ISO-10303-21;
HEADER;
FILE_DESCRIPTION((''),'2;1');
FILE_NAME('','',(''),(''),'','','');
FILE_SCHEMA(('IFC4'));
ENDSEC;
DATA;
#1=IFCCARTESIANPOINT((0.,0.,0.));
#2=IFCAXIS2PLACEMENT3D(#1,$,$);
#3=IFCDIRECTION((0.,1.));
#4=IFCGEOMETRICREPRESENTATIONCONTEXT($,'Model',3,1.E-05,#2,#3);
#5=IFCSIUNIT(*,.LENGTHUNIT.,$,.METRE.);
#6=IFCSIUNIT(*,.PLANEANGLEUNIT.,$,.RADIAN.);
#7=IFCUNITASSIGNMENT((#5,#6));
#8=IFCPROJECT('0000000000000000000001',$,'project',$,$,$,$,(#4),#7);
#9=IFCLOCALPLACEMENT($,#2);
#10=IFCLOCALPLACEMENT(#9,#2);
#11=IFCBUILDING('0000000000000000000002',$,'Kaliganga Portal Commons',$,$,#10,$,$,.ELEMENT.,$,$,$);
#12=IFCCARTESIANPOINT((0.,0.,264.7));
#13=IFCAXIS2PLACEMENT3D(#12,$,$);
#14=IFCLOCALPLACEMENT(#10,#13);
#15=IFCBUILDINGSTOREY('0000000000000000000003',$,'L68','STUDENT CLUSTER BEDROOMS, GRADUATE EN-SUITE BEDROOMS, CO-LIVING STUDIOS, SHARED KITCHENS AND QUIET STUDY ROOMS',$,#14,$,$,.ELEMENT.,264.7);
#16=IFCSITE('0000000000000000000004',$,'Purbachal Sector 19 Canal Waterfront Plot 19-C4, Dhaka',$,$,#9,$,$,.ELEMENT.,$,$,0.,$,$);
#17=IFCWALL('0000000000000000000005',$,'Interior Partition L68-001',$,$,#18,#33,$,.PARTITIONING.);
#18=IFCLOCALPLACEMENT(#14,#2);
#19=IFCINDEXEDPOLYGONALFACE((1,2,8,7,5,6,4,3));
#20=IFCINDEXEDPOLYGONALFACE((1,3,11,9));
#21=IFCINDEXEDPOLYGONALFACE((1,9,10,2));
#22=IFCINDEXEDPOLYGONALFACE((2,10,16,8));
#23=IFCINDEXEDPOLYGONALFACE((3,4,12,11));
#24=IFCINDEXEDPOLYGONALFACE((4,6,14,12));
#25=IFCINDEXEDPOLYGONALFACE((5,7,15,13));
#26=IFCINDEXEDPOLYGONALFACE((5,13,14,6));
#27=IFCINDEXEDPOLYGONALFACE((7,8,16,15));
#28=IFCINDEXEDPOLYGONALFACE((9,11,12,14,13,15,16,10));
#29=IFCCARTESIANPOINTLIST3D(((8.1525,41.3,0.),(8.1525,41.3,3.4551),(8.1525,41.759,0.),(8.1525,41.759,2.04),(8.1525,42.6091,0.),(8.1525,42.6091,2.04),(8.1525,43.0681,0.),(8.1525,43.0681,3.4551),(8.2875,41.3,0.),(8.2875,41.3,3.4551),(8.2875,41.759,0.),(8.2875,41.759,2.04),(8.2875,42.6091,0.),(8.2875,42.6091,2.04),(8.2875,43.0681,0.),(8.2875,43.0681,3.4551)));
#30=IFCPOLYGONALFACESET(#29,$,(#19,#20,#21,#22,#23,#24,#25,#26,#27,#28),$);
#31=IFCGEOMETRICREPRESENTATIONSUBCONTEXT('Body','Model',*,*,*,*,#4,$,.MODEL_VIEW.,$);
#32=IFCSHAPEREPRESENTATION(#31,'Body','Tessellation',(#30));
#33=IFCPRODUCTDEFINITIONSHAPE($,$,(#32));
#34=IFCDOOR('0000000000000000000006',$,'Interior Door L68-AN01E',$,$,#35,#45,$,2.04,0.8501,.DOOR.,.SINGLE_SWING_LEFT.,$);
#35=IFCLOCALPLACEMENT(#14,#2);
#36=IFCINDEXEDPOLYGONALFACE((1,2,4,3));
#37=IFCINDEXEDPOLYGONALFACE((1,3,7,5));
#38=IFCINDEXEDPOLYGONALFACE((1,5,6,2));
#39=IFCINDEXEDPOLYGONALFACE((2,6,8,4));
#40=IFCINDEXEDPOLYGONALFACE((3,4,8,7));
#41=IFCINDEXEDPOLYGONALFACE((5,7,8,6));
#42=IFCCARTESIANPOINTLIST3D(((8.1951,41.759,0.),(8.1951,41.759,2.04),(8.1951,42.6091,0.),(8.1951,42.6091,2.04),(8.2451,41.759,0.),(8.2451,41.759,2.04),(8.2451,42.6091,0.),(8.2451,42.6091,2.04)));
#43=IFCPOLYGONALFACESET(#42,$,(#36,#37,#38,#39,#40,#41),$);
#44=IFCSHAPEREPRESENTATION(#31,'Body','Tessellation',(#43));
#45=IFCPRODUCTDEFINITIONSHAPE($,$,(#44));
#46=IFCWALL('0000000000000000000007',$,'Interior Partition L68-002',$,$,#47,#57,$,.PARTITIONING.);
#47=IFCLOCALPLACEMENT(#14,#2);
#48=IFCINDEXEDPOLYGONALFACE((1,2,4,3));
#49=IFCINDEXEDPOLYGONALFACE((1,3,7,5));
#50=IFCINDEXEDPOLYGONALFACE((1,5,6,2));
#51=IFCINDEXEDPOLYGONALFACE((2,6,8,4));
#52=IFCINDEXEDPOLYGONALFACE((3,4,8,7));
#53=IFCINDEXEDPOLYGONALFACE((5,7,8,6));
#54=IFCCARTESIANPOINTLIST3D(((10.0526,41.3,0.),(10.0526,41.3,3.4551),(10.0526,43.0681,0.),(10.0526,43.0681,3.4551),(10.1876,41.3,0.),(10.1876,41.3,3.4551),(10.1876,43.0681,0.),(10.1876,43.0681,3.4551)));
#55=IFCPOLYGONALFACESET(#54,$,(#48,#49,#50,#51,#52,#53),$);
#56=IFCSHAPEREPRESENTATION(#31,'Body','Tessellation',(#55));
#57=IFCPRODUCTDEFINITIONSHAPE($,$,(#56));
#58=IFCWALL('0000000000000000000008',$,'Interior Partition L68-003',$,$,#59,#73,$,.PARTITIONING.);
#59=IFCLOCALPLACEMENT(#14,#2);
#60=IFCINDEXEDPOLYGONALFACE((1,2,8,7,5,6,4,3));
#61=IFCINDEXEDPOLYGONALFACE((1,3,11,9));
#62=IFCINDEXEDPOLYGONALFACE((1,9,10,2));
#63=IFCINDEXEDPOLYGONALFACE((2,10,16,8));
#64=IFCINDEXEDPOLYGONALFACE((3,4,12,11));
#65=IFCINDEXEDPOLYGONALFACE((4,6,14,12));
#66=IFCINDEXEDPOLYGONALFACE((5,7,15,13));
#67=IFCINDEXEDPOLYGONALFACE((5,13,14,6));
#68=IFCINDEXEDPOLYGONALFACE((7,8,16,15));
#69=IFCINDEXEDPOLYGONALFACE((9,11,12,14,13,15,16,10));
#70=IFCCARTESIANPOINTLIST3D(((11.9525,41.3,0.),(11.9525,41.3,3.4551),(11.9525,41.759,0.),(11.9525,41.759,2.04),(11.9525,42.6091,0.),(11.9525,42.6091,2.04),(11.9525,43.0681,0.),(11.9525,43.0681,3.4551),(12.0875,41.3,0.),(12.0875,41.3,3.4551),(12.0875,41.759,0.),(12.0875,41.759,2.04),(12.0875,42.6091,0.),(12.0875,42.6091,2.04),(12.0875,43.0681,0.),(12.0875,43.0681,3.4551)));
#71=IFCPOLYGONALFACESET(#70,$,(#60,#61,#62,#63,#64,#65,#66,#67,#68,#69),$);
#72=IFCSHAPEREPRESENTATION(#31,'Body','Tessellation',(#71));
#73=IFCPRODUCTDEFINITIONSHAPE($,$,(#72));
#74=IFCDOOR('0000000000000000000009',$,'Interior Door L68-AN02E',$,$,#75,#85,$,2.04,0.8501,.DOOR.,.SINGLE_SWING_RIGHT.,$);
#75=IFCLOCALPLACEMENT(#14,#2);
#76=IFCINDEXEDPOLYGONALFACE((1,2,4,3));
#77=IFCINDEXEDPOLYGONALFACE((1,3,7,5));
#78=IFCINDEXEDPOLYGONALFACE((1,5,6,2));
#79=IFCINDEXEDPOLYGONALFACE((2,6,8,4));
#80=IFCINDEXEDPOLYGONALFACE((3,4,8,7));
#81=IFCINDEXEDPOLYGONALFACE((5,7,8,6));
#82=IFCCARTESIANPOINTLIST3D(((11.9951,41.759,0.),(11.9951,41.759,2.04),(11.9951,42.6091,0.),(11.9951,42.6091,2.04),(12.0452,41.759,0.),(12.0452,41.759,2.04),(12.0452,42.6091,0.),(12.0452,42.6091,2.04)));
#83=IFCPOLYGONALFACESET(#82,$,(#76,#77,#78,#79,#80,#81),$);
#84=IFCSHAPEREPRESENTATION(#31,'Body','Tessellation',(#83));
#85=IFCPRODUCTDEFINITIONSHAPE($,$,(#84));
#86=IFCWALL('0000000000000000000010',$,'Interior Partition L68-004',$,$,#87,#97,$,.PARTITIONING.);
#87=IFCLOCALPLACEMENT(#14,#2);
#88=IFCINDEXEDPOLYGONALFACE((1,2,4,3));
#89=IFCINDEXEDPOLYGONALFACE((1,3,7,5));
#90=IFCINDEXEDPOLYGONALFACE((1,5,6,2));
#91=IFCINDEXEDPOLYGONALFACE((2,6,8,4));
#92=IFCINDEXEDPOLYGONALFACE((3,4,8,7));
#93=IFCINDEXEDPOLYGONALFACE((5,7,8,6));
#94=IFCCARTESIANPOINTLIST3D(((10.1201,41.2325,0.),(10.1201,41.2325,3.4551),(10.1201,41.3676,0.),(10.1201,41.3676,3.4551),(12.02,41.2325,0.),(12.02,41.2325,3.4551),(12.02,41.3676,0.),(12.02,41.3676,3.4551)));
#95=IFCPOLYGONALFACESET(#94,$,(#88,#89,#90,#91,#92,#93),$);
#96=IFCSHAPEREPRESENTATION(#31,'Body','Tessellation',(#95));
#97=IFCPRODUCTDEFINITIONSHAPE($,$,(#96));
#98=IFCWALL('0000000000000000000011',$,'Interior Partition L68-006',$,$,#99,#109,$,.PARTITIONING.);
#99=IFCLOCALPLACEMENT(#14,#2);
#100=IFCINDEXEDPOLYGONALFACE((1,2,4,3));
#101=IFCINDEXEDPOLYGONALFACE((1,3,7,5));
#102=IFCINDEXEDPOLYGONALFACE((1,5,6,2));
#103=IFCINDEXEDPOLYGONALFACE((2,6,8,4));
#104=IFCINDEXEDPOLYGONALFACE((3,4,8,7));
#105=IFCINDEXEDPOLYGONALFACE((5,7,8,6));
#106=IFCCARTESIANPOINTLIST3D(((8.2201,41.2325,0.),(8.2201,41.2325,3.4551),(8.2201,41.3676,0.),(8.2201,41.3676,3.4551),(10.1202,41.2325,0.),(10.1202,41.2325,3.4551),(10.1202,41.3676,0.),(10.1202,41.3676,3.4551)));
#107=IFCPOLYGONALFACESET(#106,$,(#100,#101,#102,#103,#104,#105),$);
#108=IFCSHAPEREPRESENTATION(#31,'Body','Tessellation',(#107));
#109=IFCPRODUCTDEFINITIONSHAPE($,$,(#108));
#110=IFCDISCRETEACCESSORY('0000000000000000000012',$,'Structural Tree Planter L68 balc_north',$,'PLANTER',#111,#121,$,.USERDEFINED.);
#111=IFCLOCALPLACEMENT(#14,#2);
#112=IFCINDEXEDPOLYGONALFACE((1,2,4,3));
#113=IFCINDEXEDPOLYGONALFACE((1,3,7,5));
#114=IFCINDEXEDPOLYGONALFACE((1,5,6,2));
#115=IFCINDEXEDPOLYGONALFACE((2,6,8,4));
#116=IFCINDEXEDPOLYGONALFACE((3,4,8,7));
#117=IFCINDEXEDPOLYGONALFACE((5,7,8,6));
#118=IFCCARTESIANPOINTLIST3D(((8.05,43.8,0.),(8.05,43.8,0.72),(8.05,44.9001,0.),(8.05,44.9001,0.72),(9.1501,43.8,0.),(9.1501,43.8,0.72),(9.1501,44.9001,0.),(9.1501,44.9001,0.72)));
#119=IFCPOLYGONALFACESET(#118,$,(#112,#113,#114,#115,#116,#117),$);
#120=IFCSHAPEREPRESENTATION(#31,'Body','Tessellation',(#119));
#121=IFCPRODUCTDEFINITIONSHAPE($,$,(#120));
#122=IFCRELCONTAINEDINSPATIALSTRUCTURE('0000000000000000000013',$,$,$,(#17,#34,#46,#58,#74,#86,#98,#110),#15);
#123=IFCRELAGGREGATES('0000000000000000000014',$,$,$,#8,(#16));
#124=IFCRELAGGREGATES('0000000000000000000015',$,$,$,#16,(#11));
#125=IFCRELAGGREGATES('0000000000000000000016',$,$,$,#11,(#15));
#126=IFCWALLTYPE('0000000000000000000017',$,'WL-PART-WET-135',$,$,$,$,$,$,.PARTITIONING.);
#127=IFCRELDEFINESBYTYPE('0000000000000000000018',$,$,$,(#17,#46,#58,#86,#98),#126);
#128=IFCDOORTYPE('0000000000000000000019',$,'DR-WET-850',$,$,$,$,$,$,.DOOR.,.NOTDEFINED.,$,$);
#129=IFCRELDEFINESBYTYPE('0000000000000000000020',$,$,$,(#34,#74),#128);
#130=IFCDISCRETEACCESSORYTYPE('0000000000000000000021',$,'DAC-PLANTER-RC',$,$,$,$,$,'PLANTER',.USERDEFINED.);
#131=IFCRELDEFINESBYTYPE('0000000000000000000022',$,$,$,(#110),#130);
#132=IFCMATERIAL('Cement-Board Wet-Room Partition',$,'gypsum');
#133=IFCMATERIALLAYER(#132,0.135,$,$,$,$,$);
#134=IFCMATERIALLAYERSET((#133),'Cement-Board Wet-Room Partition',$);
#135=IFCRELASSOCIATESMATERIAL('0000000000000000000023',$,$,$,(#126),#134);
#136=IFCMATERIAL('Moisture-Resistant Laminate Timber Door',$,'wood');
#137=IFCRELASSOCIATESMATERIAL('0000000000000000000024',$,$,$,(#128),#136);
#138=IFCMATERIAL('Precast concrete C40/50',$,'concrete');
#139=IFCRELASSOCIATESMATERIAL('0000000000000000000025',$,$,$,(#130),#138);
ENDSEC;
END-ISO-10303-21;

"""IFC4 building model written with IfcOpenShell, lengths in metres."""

from ifc_helpers import new_model, si_unit, direction, frame, frame_2d, origin, origin_2d, place, context, subcontext, project, spatial, rectangle, extrude, source, transform, mapped, material, layer, layer_set, type_object, element, fill, save


model = new_model("IFC4")

# Units and contexts
model_context = context("Model", 3, precision=1e-05, world=origin(), true_north=direction((0.0, 1.0)))
body_context = subcontext(model_context, "Body", "Model", "MODEL_VIEW")
ifc_project = project(units=[si_unit("LENGTHUNIT", "METRE"), si_unit("PLANEANGLEUNIT", "RADIAN")], contexts=[model_context])

# Site, building, storey
site_placement = place(None, origin())
site = spatial("IfcSite", under=ifc_project, at=site_placement, Name="Purbachal Sector 19 Canal Waterfront Plot 19-C4, Dhaka", CompositionType="ELEMENT", RefElevation=0.0)
building_placement = place(site_placement, origin())
building = spatial("IfcBuilding", under=site, at=building_placement, Name="Kaliganga Portal Commons", CompositionType="ELEMENT")
storey_placement = place(building_placement, frame((0.0, 0.0, 264.7)))
storey = spatial("IfcBuildingStorey", under=building, at=storey_placement, Name="L68", Description="STUDENT CLUSTER BEDROOMS, GRADUATE EN-SUITE BEDROOMS, CO-LIVING STUDIOS, SHARED KITCHENS AND QUIET STUDY ROOMS", CompositionType="ELEMENT", Elevation=264.7)

# Wall, opening, door
ifc_material_1 = material(Name="Cement-Board Wet-Room Partition", Category="gypsum")
ifc_layer_1 = layer(ifc_material_1, 0.135)
ifc_layer_set_1 = layer_set([ifc_layer_1], Name="Cement-Board Wet-Room Partition")
wall_type_1 = type_object("IfcWallType", Name="WL-PART-WET-135", PredefinedType="PARTITIONING", material=ifc_layer_set_1)
wall_1_placement = place(storey_placement, frame((8.22, 41.3, 0.0), z_axis=(0.0, 0.0, 1.0), x_axis=(0.0, 1.0, 0.0)))
wall_1 = element("IfcWall", 1, at=wall_1_placement, inside=storey, type_object=wall_type_1, Name="Interior Partition L68-001", PredefinedType="PARTITIONING", context=body_context, shape_type="SweptSolid", body=[
    extrude(rectangle(XDim=1.7681, YDim=0.135, at=frame_2d((0.884, 0.0))), origin(), (0.0, 0.0, 1.0), 3.4551),
])
opening_1_placement = place(wall_1_placement, frame((0.459, 0.0, 0.0)))
opening_1 = element("IfcOpeningElement", 2, at=opening_1_placement, cuts=wall_1, PredefinedType="OPENING", context=body_context, shape_type="SweptSolid", body=[
    extrude(rectangle(XDim=0.8501, YDim=2.04, at=frame_2d((0.425, 1.02))), frame((0.0, 0.0776, 0.0), z_axis=(0.0, -1.0, 0.0), x_axis=(1.0, 0.0, 0.0)), (0.0, 0.0, 1.0), 0.155),
])
ifc_material_2 = material(Name="Moisture-Resistant Laminate Timber Door", Category="wood")
door_type_1 = type_object("IfcDoorType", Name="DR-WET-850", OperationType="NOTDEFINED", PredefinedType="DOOR", material=ifc_material_2)
door_1_placement = place(opening_1_placement, origin())
door_1 = element("IfcDoor", 3, at=door_1_placement, inside=storey, type_object=door_type_1, Name="Interior Door L68-AN01E", OperationType="SINGLE_SWING_LEFT", OverallHeight=2.04, OverallWidth=0.8501, PredefinedType="DOOR", context=body_context, shape_type="SweptSolid", body=[
    extrude(rectangle(XDim=0.8501, YDim=2.04, at=frame_2d((0.425, 1.02))), frame((0.0, 0.0249, 0.0), z_axis=(0.0, -1.0, 0.0), x_axis=(1.0, 0.0, 0.0)), (0.0, 0.0, 1.0), 0.05),
])
fill(opening_1, door_1)

# Wall
wall_2_placement = place(storey_placement, frame((10.1201, 41.3, 0.0), z_axis=(0.0, 0.0, 1.0), x_axis=(0.0, 1.0, 0.0)))
element("IfcWall", 4, at=wall_2_placement, inside=storey, type_object=wall_type_1, Name="Interior Partition L68-002", PredefinedType="PARTITIONING", context=body_context, shape_type="SweptSolid", body=[
    extrude(rectangle(XDim=1.7681, YDim=0.135, at=frame_2d((0.884, 0.0))), origin(), (0.0, 0.0, 1.0), 3.4551),
])

# Wall, opening, door
wall_3_placement = place(storey_placement, frame((12.02, 41.3, 0.0), z_axis=(0.0, 0.0, 1.0), x_axis=(0.0, 1.0, 0.0)))
wall_3 = element("IfcWall", 5, at=wall_3_placement, inside=storey, type_object=wall_type_1, Name="Interior Partition L68-003", PredefinedType="PARTITIONING", context=body_context, shape_type="SweptSolid", body=[
    extrude(rectangle(XDim=1.7681, YDim=0.135, at=frame_2d((0.884, 0.0))), origin(), (0.0, 0.0, 1.0), 3.4551),
])
opening_2_placement = place(wall_3_placement, frame((0.459, 0.0, 0.0)))
opening_2 = element("IfcOpeningElement", 6, at=opening_2_placement, cuts=wall_3, PredefinedType="OPENING", context=body_context, shape_type="SweptSolid", body=[
    extrude(rectangle(XDim=0.8501, YDim=2.04, at=frame_2d((0.425, 1.02))), frame((0.0, 0.0776, 0.0), z_axis=(0.0, -1.0, 0.0), x_axis=(1.0, 0.0, 0.0)), (0.0, 0.0, 1.0), 0.155),
])
door_2_placement = place(opening_2_placement, origin())
door_2 = element("IfcDoor", 7, at=door_2_placement, inside=storey, type_object=door_type_1, Name="Interior Door L68-AN02E", OperationType="SINGLE_SWING_RIGHT", OverallHeight=2.04, OverallWidth=0.8501, PredefinedType="DOOR", context=body_context, shape_type="SweptSolid", body=[
    extrude(rectangle(XDim=0.8501, YDim=2.04, at=frame_2d((0.425, 1.02))), frame((0.0, 0.0249, 0.0), z_axis=(0.0, -1.0, 0.0), x_axis=(1.0, 0.0, 0.0)), (0.0, 0.0, 1.0), 0.05),
])
fill(opening_2, door_2)

# Walls
wall_4_placement = place(storey_placement, frame((10.1201, 41.3, 0.0), z_axis=(0.0, 0.0, 1.0), x_axis=(1.0, 0.0, 0.0)))
element("IfcWall", 8, at=wall_4_placement, inside=storey, type_object=wall_type_1, Name="Interior Partition L68-004", PredefinedType="PARTITIONING", context=body_context, shape_type="SweptSolid", body=[
    extrude(rectangle(XDim=1.8999, YDim=0.135, at=frame_2d((0.95, 0.0))), origin(), (0.0, 0.0, 1.0), 3.4551),
])
wall_5_placement = place(storey_placement, frame((8.22, 41.3, 0.0), z_axis=(0.0, 0.0, 1.0), x_axis=(1.0, 0.0, 0.0)))
element("IfcWall", 9, at=wall_5_placement, inside=storey, type_object=wall_type_1, Name="Interior Partition L68-006", PredefinedType="PARTITIONING", context=body_context, shape_type="SweptSolid", body=[
    extrude(rectangle(XDim=1.9001, YDim=0.135, at=frame_2d((0.9502, 0.0))), origin(), (0.0, 0.0, 1.0), 3.4551),
])

# Discrete accessory
ifc_material_3 = material(Name="Precast concrete C40/50", Category="concrete")
discrete_accessory_type = type_object("IfcDiscreteAccessoryType", Name="DAC-PLANTER-RC", ElementType="PLANTER", PredefinedType="USERDEFINED", material=ifc_material_3)
shared_shape_1 = source(origin(), body_context, "Body", "SweptSolid", [
    extrude(rectangle(XDim=1.1001, YDim=1.1001, at=origin_2d()), origin(), (0.0, 0.0, 1.0), 0.72),
])
discrete_accessory_placement = place(storey_placement, frame((8.6001, 44.3501, 0.0), z_axis=(0.0, 0.0, 1.0), x_axis=(1.0, 0.0, 0.0)))
element("IfcDiscreteAccessory", 10, at=discrete_accessory_placement, inside=storey, type_object=discrete_accessory_type, Name="Structural Tree Planter L68 balc_north", ObjectType="PLANTER", PredefinedType="USERDEFINED", context=body_context, shape_type="MappedRepresentation", body=[
    mapped(shared_shape_1, transform((0.0, 0.0, 0.0), x_axis=(1.0, 0.0, 0.0), y_axis=(0.0, 1.0, 0.0), z_axis=(0.0, 0.0, 1.0), scale=1.0)),
])

save(model, "model.ifc")
